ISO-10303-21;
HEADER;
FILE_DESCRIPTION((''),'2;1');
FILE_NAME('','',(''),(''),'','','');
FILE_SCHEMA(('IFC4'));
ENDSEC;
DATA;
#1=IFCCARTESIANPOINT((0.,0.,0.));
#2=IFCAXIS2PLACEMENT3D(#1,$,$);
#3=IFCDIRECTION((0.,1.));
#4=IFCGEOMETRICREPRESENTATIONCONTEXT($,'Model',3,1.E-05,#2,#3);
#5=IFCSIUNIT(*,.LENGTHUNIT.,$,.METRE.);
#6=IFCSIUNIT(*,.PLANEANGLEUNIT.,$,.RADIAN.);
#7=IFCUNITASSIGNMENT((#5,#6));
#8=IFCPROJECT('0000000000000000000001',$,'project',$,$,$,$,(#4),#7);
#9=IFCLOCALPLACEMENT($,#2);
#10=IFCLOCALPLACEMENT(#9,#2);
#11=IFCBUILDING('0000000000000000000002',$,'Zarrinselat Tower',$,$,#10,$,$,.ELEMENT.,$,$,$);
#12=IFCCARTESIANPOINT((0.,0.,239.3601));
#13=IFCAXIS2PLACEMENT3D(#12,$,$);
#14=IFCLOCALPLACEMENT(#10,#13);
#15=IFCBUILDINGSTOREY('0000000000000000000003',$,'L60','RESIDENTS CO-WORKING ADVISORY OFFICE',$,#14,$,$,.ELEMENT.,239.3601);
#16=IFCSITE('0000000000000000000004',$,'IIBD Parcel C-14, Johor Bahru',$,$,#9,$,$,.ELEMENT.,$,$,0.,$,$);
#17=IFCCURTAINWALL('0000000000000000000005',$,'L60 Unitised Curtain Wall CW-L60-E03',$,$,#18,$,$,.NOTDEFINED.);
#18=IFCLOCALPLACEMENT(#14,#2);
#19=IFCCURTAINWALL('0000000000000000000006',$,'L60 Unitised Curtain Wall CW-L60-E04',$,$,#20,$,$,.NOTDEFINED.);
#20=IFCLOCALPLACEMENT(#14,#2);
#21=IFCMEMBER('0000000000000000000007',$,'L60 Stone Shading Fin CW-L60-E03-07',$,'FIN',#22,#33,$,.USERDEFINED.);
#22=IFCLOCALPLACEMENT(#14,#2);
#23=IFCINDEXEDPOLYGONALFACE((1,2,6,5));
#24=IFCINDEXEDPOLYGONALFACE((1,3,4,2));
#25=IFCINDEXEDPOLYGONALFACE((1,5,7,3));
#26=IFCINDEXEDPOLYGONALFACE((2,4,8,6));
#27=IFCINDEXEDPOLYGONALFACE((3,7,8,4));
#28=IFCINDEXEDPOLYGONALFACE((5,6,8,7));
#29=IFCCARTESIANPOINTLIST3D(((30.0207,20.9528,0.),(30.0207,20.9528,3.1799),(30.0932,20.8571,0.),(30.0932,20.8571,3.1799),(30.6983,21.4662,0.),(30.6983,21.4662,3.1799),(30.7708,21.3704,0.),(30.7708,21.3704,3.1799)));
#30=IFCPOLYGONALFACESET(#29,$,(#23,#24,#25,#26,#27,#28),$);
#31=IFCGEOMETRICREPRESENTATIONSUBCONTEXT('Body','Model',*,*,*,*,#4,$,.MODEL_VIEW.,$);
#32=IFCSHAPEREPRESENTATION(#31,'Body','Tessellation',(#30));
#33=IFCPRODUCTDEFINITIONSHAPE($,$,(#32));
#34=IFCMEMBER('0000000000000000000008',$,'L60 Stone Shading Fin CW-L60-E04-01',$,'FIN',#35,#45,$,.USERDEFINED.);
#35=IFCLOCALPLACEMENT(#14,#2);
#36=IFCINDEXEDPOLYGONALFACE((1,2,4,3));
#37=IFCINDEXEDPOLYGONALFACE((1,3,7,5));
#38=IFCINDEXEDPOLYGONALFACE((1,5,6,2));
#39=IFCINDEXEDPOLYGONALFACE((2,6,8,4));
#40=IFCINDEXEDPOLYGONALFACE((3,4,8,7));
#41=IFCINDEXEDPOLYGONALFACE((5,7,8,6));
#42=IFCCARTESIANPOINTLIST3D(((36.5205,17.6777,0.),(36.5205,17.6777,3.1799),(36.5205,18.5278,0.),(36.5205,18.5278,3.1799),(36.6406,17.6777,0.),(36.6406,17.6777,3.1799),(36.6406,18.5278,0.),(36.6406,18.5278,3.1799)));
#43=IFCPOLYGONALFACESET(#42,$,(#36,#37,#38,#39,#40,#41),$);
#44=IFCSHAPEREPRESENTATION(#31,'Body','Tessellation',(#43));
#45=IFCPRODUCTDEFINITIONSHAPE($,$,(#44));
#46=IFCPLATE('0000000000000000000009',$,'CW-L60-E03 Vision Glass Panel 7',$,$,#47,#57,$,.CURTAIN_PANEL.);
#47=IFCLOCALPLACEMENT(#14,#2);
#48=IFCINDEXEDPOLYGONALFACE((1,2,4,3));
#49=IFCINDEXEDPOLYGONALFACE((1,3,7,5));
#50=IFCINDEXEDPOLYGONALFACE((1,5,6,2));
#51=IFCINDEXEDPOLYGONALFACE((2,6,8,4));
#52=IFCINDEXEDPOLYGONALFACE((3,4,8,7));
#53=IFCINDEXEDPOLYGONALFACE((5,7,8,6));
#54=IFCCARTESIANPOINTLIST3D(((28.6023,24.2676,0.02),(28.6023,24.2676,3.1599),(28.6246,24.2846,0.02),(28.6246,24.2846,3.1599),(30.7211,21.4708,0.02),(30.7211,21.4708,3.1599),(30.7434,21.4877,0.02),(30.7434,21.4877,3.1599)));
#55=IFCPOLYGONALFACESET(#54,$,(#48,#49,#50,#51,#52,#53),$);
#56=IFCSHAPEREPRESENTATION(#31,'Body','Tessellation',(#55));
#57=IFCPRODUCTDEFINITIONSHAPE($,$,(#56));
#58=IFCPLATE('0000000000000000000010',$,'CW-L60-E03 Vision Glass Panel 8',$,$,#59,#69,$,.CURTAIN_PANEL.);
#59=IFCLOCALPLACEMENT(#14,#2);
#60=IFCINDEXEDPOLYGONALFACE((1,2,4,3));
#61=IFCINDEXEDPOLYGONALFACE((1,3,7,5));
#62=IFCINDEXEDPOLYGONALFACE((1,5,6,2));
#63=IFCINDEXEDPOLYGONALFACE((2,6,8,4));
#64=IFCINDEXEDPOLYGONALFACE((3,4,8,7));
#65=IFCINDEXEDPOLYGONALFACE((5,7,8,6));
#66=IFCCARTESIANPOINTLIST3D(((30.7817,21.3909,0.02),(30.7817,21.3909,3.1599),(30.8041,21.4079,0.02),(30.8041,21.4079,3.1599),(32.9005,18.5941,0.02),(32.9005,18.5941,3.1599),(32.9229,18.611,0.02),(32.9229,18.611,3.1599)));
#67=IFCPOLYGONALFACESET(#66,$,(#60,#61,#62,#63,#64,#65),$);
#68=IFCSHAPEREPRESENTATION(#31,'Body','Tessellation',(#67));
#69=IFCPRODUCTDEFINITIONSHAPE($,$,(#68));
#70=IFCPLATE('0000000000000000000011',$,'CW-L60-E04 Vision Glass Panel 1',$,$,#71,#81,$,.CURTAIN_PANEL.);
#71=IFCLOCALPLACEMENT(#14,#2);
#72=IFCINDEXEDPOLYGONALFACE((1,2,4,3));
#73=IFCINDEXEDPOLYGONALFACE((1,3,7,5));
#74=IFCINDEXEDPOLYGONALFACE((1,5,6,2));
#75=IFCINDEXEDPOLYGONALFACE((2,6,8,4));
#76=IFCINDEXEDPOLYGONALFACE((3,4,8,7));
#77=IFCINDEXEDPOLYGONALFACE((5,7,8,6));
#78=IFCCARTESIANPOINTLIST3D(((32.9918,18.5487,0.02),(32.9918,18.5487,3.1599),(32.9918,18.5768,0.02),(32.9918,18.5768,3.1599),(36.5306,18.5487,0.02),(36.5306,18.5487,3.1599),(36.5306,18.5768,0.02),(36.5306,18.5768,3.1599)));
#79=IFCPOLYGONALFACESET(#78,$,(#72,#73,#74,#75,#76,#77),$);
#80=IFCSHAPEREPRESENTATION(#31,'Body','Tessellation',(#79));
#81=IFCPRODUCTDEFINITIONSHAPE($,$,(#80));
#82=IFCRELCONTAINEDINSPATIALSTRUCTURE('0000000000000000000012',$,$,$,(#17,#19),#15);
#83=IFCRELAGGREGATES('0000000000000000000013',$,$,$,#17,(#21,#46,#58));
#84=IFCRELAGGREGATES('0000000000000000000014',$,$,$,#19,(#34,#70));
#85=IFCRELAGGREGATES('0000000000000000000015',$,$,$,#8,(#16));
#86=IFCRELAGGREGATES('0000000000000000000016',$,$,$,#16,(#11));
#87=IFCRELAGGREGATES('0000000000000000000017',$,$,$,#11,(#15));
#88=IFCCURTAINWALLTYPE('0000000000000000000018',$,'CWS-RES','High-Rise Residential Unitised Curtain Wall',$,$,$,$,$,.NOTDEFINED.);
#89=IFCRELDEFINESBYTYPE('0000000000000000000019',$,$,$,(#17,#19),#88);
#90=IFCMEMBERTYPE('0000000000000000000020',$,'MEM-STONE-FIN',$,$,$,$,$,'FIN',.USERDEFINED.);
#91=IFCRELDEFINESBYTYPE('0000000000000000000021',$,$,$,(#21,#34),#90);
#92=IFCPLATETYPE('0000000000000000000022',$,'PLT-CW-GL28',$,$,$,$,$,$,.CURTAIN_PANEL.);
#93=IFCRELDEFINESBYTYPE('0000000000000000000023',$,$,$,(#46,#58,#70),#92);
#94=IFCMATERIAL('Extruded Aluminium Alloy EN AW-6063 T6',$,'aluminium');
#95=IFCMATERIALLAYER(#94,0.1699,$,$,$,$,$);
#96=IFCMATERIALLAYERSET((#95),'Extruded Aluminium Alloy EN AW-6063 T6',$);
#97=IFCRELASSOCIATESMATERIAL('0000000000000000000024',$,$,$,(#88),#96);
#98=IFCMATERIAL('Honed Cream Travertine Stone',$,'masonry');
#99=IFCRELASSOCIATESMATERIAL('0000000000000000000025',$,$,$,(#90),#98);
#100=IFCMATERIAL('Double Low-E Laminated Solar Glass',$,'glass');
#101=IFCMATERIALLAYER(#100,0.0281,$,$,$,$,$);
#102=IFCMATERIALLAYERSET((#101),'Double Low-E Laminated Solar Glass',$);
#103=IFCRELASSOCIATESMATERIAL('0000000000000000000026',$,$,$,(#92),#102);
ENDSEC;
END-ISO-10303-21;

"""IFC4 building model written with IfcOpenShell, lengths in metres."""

from ifc_helpers import new_model, si_unit, direction, frame, origin, origin_2d, place, context, subcontext, project, spatial, rectangle, extrude, material, layer, layer_set, material_profile, profile_set, type_object, element, aggregate, save


model = new_model("IFC4")

# Units and contexts
model_context = context("Model", 3, precision=1e-05, world=origin(), true_north=direction((0.0, 1.0)))
body_context = subcontext(model_context, "Body", "Model", "MODEL_VIEW")
ifc_project = project(units=[si_unit("LENGTHUNIT", "METRE"), si_unit("PLANEANGLEUNIT", "RADIAN")], contexts=[model_context])

# Site, building, storey
site_placement = place(None, origin())
site = spatial("IfcSite", under=ifc_project, at=site_placement, Name="IIBD Parcel C-14, Johor Bahru", CompositionType="ELEMENT", RefElevation=0.0)
building_placement = place(site_placement, origin())
building = spatial("IfcBuilding", under=site, at=building_placement, Name="Zarrinselat Tower", CompositionType="ELEMENT")
storey_placement = place(building_placement, frame((0.0, 0.0, 239.3601)))
storey = spatial("IfcBuildingStorey", under=building, at=storey_placement, Name="L60", Description="RESIDENTS CO-WORKING ADVISORY OFFICE", CompositionType="ELEMENT", Elevation=239.3601)

# Curtain walls
ifc_material_1 = material(Name="Extruded Aluminium Alloy EN AW-6063 T6", Category="aluminium")
ifc_layer_1 = layer(ifc_material_1, 0.1699)
ifc_layer_set_1 = layer_set([ifc_layer_1], Name="Extruded Aluminium Alloy EN AW-6063 T6")
curtain_wall_type = type_object("IfcCurtainWallType", Name="CWS-RES", Description="High-Rise Residential Unitised Curtain Wall", PredefinedType="NOTDEFINED", material=ifc_layer_set_1)
curtain_wall_1_placement = place(storey_placement, origin())
curtain_wall_1 = element("IfcCurtainWall", 1, at=curtain_wall_1_placement, inside=storey, type_object=curtain_wall_type, Name="L60 Unitised Curtain Wall CW-L60-E03", PredefinedType="NOTDEFINED")
curtain_wall_2_placement = place(storey_placement, origin())
curtain_wall_2 = element("IfcCurtainWall", 2, at=curtain_wall_2_placement, inside=storey, type_object=curtain_wall_type, Name="L60 Unitised Curtain Wall CW-L60-E04", PredefinedType="NOTDEFINED")

# Members
ifc_material_2 = material(Name="Honed Cream Travertine Stone", Category="masonry")
ifc_material_profile_1 = material_profile(ifc_material_2, rectangle(XDim=0.1201, YDim=0.8501, at=origin_2d()), Name="FIN 850x120")
ifc_profile_set_1 = profile_set([ifc_material_profile_1], Name="Honed Cream Travertine Stone")
member_type_1 = type_object("IfcMemberType", Name="MEM-STONE-FIN", ElementType="FIN", PredefinedType="USERDEFINED", material=ifc_profile_set_1)
member_1_placement = place(storey_placement, frame((30.3958, 21.1616, 0.0), z_axis=(0.0, 0.0, 1.0), x_axis=(-0.603858, 0.797092, 0.0)))
member_1 = element("IfcMember", 3, at=member_1_placement, type_object=member_type_1, Name="L60 Stone Shading Fin CW-L60-E03-07", ObjectType="FIN", PredefinedType="USERDEFINED", context=body_context, shape_type="SweptSolid", body=[
    extrude(rectangle(XDim=0.1201, YDim=0.8501, at=origin_2d()), origin(), (0.0, 0.0, 1.0), 3.1799),
])
member_2_placement = place(storey_placement, frame((36.5806, 18.1028, 0.0), z_axis=(0.0, 0.0, 1.0), x_axis=(-1.0, 0.0, 0.0)))
member_2 = element("IfcMember", 4, at=member_2_placement, type_object=member_type_1, Name="L60 Stone Shading Fin CW-L60-E04-01", ObjectType="FIN", PredefinedType="USERDEFINED", context=body_context, shape_type="SweptSolid", body=[
    extrude(rectangle(XDim=0.1201, YDim=0.8501, at=origin_2d()), origin(), (0.0, 0.0, 1.0), 3.1799),
])

# Plates
ifc_material_3 = material(Name="Double Low-E Laminated Solar Glass", Category="glass")
ifc_layer_2 = layer(ifc_material_3, 0.0281)
ifc_layer_set_2 = layer_set([ifc_layer_2], Name="Double Low-E Laminated Solar Glass")
plate_type = type_object("IfcPlateType", Name="PLT-CW-GL28", PredefinedType="CURTAIN_PANEL", material=ifc_layer_set_2)
plate_1_placement = place(storey_placement, frame((29.6729, 22.8777, 0.02), z_axis=(0.0, 0.0, 1.0), x_axis=(0.603858, -0.797092, 0.0)))
plate_1 = element("IfcPlate", 5, at=plate_1_placement, type_object=plate_type, Name="CW-L60-E03 Vision Glass Panel 7", PredefinedType="CURTAIN_PANEL", context=body_context, shape_type="SweptSolid", body=[
    extrude(rectangle(XDim=3.5088, YDim=0.0281, at=origin_2d()), origin(), (0.0, 0.0, 1.0), 3.1399),
])
plate_2_placement = place(storey_placement, frame((31.8523, 20.001, 0.02), z_axis=(0.0, 0.0, 1.0), x_axis=(0.603858, -0.797092, 0.0)))
plate_2 = element("IfcPlate", 6, at=plate_2_placement, type_object=plate_type, Name="CW-L60-E03 Vision Glass Panel 8", PredefinedType="CURTAIN_PANEL", context=body_context, shape_type="SweptSolid", body=[
    extrude(rectangle(XDim=3.5088, YDim=0.0281, at=origin_2d()), origin(), (0.0, 0.0, 1.0), 3.1399),
])
aggregate(curtain_wall_1, [member_1, plate_1, plate_2])
plate_3_placement = place(storey_placement, frame((34.7612, 18.5627, 0.02), z_axis=(0.0, 0.0, 1.0), x_axis=(1.0, 0.0, 0.0)))
plate_3 = element("IfcPlate", 7, at=plate_3_placement, type_object=plate_type, Name="CW-L60-E04 Vision Glass Panel 1", PredefinedType="CURTAIN_PANEL", context=body_context, shape_type="SweptSolid", body=[
    extrude(rectangle(XDim=3.5388, YDim=0.0281, at=origin_2d()), origin(), (0.0, 0.0, 1.0), 3.1399),
])
aggregate(curtain_wall_2, [member_2, plate_3])

save(model, "model.ifc")
